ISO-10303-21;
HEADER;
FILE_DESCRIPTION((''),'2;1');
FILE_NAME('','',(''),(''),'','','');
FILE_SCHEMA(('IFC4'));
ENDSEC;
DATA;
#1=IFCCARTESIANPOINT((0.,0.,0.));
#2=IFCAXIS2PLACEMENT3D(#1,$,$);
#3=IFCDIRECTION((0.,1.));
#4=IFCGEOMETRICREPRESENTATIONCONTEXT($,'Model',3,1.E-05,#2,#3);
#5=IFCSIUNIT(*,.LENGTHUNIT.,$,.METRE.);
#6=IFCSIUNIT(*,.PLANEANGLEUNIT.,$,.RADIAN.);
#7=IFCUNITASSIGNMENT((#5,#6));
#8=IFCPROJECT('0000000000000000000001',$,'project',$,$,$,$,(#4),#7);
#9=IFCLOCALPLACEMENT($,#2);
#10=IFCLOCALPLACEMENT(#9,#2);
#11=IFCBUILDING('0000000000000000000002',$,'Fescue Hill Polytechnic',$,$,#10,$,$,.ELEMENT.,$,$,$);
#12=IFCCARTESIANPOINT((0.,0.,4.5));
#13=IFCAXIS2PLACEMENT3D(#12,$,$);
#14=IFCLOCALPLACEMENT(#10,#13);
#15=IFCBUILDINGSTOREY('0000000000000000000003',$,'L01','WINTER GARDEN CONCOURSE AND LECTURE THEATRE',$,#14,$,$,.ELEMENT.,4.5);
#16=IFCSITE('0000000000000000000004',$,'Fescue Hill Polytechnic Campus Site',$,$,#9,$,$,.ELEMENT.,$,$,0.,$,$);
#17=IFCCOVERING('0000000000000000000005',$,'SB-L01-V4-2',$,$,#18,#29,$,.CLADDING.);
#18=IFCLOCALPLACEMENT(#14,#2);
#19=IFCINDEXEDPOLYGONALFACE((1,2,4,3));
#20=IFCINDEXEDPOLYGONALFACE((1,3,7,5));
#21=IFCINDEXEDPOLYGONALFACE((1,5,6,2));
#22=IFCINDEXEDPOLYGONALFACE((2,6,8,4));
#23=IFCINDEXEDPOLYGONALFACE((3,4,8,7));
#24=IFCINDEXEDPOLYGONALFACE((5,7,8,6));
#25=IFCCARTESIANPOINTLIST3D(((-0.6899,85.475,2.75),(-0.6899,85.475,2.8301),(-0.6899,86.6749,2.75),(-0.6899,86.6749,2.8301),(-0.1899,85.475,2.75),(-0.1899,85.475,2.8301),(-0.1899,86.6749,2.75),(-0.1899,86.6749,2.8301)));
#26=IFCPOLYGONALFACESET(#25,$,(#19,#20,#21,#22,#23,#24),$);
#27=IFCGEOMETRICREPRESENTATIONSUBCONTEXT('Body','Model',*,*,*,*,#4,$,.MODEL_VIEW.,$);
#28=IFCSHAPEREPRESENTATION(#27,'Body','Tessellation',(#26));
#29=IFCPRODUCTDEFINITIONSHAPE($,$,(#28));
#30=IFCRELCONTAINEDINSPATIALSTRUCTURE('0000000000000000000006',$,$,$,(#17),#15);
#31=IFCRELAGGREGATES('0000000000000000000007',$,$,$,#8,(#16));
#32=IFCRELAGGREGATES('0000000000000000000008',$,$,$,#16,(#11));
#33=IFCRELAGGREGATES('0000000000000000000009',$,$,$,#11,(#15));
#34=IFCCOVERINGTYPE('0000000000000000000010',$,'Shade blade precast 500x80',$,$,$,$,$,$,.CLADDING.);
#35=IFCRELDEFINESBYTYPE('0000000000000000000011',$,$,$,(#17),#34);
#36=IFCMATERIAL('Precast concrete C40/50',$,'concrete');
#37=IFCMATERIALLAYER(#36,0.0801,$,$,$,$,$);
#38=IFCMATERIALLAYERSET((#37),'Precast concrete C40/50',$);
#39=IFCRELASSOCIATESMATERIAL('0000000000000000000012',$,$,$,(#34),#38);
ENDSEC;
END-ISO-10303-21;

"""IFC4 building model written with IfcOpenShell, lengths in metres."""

from ifc_helpers import new_model, si_unit, direction, frame, origin, origin_2d, place, context, subcontext, project, spatial, rectangle, extrude, material, layer, layer_set, type_object, element, save


model = new_model("IFC4")

# Units and contexts
model_context = context("Model", 3, precision=1e-05, world=origin(), true_north=direction((0.0, 1.0)))
body_context = subcontext(model_context, "Body", "Model", "MODEL_VIEW")
ifc_project = project(units=[si_unit("LENGTHUNIT", "METRE"), si_unit("PLANEANGLEUNIT", "RADIAN")], contexts=[model_context])

# Site, building, storey
site_placement = place(None, origin())
site = spatial("IfcSite", under=ifc_project, at=site_placement, Name="Fescue Hill Polytechnic Campus Site", CompositionType="ELEMENT", RefElevation=0.0)
building_placement = place(site_placement, origin())
building = spatial("IfcBuilding", under=site, at=building_placement, Name="Fescue Hill Polytechnic", CompositionType="ELEMENT")
storey_placement = place(building_placement, frame((0.0, 0.0, 4.5)))
storey = spatial("IfcBuildingStorey", under=building, at=storey_placement, Name="L01", Description="WINTER GARDEN CONCOURSE AND LECTURE THEATRE", CompositionType="ELEMENT", Elevation=4.5)

# Covering
ifc_material_1 = material(Name="Precast concrete C40/50", Category="concrete")
ifc_layer_1 = layer(ifc_material_1, 0.0801)
ifc_layer_set_1 = layer_set([ifc_layer_1], Name="Precast concrete C40/50")
covering_type = type_object("IfcCoveringType", Name="Shade blade precast 500x80", PredefinedType="CLADDING", material=ifc_layer_set_1)
covering_1_placement = place(storey_placement, frame((-0.4399, 86.075, 2.75), z_axis=(0.0, 0.0, 1.0), x_axis=(0.0, -1.0, 0.0)))
element("IfcCovering", 1, at=covering_1_placement, inside=storey, type_object=covering_type, Name="SB-L01-V4-2", PredefinedType="CLADDING", context=body_context, shape_type="SweptSolid", body=[
    extrude(rectangle(XDim=1.2, YDim=0.5, at=origin_2d()), origin(), (0.0, 0.0, 1.0), 0.0801),
])

save(model, "model.ifc")
